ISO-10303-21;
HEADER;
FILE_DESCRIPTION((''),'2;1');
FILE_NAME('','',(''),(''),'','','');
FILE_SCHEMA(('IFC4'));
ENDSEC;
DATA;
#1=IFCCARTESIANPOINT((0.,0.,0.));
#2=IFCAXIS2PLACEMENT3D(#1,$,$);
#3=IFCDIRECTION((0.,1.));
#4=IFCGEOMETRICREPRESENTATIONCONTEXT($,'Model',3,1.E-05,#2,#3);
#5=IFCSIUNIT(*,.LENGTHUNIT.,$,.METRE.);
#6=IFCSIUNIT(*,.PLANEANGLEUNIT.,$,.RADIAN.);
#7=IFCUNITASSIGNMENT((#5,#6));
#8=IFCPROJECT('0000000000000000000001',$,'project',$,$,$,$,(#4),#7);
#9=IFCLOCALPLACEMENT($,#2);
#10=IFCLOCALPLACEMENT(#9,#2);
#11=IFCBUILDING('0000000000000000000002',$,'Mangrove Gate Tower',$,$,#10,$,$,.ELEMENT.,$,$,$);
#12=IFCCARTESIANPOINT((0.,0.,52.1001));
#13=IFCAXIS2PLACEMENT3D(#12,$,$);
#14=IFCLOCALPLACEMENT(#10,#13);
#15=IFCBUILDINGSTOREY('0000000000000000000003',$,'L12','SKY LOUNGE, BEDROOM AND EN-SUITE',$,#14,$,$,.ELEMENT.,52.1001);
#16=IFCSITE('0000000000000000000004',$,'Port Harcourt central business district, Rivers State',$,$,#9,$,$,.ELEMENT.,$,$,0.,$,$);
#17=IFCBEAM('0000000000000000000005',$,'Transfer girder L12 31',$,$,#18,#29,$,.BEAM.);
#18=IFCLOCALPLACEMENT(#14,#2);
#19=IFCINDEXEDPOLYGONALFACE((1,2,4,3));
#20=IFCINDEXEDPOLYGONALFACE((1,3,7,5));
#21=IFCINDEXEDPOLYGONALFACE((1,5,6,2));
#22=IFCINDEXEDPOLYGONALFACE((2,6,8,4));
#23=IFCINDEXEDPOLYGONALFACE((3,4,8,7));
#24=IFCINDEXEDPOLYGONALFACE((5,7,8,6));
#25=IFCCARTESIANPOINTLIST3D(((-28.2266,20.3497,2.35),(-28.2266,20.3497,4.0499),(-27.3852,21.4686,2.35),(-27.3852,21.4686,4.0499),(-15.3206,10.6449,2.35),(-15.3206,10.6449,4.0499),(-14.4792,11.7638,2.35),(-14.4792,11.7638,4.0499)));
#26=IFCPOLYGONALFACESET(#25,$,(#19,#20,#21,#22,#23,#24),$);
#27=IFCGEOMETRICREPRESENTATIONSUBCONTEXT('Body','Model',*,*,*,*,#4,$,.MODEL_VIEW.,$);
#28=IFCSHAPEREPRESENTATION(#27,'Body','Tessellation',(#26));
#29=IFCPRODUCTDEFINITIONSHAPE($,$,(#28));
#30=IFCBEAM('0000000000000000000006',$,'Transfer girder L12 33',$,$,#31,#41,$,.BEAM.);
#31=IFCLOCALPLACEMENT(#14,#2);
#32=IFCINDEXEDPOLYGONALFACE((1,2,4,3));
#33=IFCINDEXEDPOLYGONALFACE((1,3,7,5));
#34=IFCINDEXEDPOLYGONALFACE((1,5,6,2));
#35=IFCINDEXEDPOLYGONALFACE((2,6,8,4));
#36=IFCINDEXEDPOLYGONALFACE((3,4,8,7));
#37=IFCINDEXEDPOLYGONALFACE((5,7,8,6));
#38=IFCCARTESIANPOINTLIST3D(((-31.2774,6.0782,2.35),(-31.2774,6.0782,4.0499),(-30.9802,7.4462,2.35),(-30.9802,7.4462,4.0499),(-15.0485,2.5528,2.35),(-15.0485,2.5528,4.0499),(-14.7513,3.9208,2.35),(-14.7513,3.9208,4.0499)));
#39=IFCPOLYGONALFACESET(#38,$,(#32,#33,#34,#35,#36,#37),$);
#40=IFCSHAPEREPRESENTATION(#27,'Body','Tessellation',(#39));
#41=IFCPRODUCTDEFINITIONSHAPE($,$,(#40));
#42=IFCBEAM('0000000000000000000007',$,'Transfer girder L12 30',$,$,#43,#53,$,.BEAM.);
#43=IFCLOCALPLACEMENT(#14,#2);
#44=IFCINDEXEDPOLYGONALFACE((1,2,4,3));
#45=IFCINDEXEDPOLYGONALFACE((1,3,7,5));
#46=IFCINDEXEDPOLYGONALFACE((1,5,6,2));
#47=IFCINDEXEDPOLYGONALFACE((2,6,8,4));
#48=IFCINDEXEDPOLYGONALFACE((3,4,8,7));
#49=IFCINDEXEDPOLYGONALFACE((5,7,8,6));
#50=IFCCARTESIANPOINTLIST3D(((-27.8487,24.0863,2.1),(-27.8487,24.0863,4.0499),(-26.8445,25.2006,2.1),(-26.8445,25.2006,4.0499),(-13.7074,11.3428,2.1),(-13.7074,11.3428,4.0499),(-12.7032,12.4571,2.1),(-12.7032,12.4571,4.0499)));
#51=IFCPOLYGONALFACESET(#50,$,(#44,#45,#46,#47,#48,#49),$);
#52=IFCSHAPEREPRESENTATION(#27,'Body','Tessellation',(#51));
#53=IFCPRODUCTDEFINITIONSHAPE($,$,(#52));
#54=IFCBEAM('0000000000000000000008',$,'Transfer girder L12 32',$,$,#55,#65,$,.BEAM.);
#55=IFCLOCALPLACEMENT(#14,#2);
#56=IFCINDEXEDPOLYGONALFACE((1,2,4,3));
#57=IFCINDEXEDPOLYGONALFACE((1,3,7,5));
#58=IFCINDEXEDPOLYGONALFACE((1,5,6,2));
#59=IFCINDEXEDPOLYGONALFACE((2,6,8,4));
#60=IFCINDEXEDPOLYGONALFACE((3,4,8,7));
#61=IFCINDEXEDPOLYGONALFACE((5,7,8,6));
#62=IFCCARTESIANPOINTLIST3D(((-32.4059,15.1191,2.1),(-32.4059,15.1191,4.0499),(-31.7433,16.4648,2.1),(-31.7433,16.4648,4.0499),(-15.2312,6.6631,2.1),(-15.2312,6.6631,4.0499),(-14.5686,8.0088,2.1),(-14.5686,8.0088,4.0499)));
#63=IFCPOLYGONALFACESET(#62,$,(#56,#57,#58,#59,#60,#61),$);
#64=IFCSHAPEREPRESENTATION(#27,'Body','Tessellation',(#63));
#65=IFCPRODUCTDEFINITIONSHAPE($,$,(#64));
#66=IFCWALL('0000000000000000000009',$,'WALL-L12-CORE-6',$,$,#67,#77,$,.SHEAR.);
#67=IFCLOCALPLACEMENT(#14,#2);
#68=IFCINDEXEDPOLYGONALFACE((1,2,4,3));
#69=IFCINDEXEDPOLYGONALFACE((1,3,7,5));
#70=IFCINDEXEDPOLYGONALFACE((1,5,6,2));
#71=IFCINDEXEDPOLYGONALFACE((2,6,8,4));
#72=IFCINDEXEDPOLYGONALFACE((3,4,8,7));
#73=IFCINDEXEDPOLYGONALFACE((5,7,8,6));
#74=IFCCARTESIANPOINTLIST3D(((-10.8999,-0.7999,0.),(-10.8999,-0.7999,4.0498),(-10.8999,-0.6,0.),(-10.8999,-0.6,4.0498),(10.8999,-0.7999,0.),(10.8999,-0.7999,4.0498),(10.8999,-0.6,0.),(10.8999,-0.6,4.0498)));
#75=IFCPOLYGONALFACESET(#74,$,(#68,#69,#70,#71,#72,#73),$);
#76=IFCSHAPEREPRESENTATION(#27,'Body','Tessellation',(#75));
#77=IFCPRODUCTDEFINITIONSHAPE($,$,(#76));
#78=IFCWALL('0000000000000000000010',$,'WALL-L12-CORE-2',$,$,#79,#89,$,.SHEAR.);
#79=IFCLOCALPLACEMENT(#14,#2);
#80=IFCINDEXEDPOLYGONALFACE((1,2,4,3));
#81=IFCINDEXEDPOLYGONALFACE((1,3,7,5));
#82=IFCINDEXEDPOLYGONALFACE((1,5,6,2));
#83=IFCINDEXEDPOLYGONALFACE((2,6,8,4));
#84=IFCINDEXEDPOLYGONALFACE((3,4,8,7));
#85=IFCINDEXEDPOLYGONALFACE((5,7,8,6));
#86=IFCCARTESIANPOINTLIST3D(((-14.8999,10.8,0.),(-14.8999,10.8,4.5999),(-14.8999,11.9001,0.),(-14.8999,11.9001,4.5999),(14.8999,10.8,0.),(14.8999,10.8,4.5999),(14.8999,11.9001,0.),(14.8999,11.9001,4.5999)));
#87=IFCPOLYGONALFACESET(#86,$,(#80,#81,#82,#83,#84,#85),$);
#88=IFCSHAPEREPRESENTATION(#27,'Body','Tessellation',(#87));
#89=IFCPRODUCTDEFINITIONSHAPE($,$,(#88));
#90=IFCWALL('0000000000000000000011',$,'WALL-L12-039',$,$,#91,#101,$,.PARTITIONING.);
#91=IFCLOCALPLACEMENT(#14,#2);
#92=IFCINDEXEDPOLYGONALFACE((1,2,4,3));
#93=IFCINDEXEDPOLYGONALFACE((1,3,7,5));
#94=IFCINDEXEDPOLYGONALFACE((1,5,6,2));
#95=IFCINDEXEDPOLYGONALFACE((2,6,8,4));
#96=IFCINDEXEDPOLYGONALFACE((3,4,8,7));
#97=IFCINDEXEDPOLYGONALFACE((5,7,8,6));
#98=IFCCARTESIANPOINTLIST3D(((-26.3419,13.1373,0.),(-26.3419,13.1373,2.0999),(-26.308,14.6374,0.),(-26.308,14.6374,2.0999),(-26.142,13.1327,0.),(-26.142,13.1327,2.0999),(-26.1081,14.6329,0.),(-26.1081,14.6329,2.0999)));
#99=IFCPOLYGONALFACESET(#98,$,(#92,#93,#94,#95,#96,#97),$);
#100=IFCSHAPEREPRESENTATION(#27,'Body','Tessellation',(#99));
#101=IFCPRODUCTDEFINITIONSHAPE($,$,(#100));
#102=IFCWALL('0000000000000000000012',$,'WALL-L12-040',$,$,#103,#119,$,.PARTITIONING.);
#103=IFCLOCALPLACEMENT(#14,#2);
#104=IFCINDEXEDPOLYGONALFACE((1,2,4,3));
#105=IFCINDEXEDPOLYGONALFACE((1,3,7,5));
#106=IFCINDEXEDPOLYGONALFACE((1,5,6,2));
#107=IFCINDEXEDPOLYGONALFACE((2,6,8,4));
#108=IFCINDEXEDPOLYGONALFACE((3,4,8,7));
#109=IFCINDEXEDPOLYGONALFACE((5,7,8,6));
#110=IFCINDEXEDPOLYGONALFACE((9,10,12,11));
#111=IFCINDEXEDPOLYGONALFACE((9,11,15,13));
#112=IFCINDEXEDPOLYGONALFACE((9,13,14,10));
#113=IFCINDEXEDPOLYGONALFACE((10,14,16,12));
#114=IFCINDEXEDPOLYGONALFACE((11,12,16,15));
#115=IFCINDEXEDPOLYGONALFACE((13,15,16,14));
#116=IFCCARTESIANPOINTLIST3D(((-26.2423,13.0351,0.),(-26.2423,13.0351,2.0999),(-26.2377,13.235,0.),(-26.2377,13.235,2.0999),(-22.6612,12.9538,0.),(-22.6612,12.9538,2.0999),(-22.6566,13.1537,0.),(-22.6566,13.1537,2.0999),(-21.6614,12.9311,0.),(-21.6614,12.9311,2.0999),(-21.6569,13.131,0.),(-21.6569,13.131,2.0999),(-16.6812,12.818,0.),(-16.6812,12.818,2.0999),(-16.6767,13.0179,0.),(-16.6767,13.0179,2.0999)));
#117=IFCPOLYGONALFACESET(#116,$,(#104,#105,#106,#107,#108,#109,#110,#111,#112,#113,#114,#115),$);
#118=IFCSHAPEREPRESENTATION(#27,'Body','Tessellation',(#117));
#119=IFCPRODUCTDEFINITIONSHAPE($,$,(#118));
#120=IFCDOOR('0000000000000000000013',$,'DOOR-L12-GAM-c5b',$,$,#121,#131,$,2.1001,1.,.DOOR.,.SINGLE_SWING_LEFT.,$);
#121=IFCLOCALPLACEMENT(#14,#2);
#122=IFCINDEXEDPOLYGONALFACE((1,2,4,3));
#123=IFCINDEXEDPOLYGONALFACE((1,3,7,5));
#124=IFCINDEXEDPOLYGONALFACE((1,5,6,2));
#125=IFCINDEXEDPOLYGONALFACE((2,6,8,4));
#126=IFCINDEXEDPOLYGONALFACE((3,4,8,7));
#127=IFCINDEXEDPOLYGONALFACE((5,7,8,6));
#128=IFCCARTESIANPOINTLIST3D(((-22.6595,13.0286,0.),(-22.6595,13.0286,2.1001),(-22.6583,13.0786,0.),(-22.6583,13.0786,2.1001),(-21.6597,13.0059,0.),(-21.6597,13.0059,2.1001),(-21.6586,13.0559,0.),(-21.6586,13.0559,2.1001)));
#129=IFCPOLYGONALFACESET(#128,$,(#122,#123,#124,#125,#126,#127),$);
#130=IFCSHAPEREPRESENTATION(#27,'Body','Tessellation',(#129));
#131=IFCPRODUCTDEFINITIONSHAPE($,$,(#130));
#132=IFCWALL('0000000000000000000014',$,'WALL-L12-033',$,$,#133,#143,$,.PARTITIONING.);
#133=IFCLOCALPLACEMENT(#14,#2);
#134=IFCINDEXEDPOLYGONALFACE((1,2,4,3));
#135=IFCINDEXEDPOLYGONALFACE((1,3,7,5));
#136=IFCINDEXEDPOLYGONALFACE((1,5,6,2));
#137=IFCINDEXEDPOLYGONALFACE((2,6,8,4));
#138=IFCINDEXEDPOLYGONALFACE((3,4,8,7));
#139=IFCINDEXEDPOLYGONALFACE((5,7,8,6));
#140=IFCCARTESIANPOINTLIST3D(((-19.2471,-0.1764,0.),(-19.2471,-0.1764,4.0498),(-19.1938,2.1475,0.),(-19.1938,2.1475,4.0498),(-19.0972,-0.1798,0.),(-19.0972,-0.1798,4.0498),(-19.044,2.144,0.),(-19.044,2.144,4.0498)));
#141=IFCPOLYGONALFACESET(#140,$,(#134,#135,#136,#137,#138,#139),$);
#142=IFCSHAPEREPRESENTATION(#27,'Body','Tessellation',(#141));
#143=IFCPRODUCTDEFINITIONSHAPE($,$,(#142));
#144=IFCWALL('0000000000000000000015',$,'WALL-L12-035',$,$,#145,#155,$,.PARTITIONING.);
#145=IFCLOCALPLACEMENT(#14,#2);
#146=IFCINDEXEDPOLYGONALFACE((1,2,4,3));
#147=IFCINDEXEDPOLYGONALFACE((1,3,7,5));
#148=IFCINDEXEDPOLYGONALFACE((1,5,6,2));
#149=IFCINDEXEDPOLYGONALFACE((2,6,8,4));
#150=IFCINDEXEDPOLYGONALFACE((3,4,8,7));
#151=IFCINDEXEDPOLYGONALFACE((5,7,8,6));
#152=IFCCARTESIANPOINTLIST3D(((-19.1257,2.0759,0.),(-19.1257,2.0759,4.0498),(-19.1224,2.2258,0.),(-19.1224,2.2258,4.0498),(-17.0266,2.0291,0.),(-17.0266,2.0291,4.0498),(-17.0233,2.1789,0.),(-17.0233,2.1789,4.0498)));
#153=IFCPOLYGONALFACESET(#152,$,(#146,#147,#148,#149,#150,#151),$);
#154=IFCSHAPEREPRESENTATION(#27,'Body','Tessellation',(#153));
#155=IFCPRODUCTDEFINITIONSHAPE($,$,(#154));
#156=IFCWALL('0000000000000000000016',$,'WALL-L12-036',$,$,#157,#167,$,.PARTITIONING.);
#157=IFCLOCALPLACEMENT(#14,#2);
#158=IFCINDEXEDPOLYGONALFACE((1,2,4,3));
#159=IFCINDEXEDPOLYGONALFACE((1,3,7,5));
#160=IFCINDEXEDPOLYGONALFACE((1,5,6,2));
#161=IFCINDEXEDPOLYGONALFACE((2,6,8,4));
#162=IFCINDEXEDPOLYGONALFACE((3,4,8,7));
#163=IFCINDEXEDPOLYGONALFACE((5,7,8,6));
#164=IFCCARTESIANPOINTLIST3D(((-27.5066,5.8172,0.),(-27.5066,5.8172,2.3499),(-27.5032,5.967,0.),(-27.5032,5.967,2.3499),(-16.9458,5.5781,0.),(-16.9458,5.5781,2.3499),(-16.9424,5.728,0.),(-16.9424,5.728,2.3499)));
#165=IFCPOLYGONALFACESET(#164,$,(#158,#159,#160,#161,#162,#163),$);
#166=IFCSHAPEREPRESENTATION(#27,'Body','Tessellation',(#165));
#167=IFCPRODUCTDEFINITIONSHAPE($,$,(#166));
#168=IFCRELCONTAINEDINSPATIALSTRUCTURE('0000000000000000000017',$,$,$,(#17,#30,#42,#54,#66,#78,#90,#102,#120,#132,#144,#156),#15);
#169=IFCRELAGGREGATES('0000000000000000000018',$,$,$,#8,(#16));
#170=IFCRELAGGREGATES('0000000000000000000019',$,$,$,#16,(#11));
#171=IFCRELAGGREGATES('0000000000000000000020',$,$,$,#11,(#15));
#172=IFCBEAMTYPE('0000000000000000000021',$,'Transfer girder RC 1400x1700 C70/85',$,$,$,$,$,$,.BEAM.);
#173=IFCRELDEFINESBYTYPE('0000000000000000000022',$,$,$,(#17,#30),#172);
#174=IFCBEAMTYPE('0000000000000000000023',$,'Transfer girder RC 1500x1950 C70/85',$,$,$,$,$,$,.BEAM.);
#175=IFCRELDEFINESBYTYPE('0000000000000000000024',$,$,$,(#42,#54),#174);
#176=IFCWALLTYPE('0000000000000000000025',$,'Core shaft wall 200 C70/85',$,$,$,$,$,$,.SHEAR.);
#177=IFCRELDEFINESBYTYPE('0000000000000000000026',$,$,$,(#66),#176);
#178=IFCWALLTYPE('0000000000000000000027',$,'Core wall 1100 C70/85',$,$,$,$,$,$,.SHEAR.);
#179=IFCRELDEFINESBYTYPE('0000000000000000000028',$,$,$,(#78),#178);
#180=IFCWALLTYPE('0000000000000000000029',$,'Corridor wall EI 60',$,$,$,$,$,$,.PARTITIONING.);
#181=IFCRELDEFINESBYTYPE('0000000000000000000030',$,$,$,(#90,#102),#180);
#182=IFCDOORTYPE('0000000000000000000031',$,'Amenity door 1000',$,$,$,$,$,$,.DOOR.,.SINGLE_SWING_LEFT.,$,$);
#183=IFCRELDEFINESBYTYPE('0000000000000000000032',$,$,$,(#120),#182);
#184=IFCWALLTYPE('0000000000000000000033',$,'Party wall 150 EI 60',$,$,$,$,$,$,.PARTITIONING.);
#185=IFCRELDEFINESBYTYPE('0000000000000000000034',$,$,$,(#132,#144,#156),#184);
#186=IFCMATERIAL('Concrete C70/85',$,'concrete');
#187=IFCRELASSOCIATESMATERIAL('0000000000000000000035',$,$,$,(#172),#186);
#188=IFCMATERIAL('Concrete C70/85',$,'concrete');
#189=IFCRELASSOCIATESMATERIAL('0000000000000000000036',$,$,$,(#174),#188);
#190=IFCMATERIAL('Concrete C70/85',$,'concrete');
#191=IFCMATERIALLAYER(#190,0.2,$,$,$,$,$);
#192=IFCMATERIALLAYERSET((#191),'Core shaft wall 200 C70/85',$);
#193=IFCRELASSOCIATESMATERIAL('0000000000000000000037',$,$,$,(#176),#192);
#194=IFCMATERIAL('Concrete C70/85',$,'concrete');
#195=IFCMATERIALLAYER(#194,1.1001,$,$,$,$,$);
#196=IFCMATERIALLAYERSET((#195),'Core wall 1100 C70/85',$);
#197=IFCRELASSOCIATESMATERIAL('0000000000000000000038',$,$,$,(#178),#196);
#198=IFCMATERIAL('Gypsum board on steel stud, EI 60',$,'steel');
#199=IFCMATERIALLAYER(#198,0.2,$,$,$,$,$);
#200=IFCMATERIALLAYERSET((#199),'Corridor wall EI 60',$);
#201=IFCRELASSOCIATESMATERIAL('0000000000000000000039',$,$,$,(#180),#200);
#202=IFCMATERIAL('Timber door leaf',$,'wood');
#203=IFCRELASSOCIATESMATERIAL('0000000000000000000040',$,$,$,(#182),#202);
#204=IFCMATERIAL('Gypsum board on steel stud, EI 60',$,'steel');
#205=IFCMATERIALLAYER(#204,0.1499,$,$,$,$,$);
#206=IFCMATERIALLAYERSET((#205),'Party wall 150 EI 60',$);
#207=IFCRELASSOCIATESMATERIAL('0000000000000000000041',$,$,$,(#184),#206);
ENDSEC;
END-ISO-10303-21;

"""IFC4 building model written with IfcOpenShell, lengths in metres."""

from ifc_helpers import new_model, si_unit, direction, frame, frame_2d, origin, origin_2d, place, context, subcontext, project, spatial, rectangle, extrude, material, layer, layer_set, material_profile, profile_set, type_object, element, fill, save


model = new_model("IFC4")

# Units and contexts
model_context = context("Model", 3, precision=1e-05, world=origin(), true_north=direction((0.0, 1.0)))
body_context = subcontext(model_context, "Body", "Model", "MODEL_VIEW")
ifc_project = project(units=[si_unit("LENGTHUNIT", "METRE"), si_unit("PLANEANGLEUNIT", "RADIAN")], contexts=[model_context])

# Site, building, storey
site_placement = place(None, origin())
site = spatial("IfcSite", under=ifc_project, at=site_placement, Name="Port Harcourt central business district, Rivers State", CompositionType="ELEMENT", RefElevation=0.0)
building_placement = place(site_placement, origin())
building = spatial("IfcBuilding", under=site, at=building_placement, Name="Mangrove Gate Tower", CompositionType="ELEMENT")
storey_placement = place(building_placement, frame((0.0, 0.0, 52.1001)))
storey = spatial("IfcBuildingStorey", under=building, at=storey_placement, Name="L12", Description="SKY LOUNGE, BEDROOM AND EN-SUITE", CompositionType="ELEMENT", Elevation=52.1001)

# Beams
ifc_material_1 = material(Name="Concrete C70/85", Category="concrete")
ifc_material_profile_1 = material_profile(ifc_material_1, rectangle(XDim=1.3999, YDim=1.7, at=origin_2d()))
ifc_profile_set_1 = profile_set([ifc_material_profile_1], Name="Concrete C70/85")
beam_type_1 = type_object("IfcBeamType", Name="Transfer girder RC 1400x1700 C70/85", PredefinedType="BEAM", material=ifc_profile_set_1)
beam_1_placement = place(storey_placement, frame((-14.8999, 11.2043, 3.2), z_axis=(-0.799246, 0.601003, 0.0), x_axis=(-0.601003, -0.799246, 0.0)))
element("IfcBeam", 1, at=beam_1_placement, inside=storey, type_object=beam_type_1, Name="Transfer girder L12 31", PredefinedType="BEAM", context=body_context, shape_type="SweptSolid", body=[
    extrude(rectangle(XDim=1.3999, YDim=1.7, at=origin_2d()), origin(), (0.0, 0.0, 1.0), 16.1477),
])
beam_2_placement = place(storey_placement, frame((-14.8999, 3.2368, 3.2), z_axis=(-0.97721, 0.212277, 0.0), x_axis=(-0.212277, -0.97721, 0.0)))
element("IfcBeam", 2, at=beam_2_placement, inside=storey, type_object=beam_type_1, Name="Transfer girder L12 33", PredefinedType="BEAM", context=body_context, shape_type="SweptSolid", body=[
    extrude(rectangle(XDim=1.3999, YDim=1.7, at=origin_2d()), origin(), (0.0, 0.0, 1.0), 16.6074),
])
ifc_material_2 = material(Name="Concrete C70/85", Category="concrete")
ifc_material_profile_2 = material_profile(ifc_material_2, rectangle(XDim=1.5, YDim=1.95, at=origin_2d()))
ifc_profile_set_2 = profile_set([ifc_material_profile_2], Name="Concrete C70/85")
beam_type_2 = type_object("IfcBeamType", Name="Transfer girder RC 1500x1950 C70/85", PredefinedType="BEAM", material=ifc_profile_set_2)
beam_3_placement = place(storey_placement, frame((-13.2053, 11.8999, 3.075), z_axis=(-0.742865, 0.669441, 0.0), x_axis=(-0.669441, -0.742865, 0.0)))
element("IfcBeam", 3, at=beam_3_placement, inside=storey, type_object=beam_type_2, Name="Transfer girder L12 30", PredefinedType="BEAM", context=body_context, shape_type="SweptSolid", body=[
    extrude(rectangle(XDim=1.5, YDim=1.95, at=origin_2d()), origin(), (0.0, 0.0, 1.0), 19.0361),
])
beam_4_placement = place(storey_placement, frame((-14.8999, 7.3359, 3.075), z_axis=(-0.897155, 0.441716, 0.0), x_axis=(-0.441716, -0.897155, 0.0)))
element("IfcBeam", 4, at=beam_4_placement, inside=storey, type_object=beam_type_2, Name="Transfer girder L12 32", PredefinedType="BEAM", context=body_context, shape_type="SweptSolid", body=[
    extrude(rectangle(XDim=1.5, YDim=1.95, at=origin_2d()), origin(), (0.0, 0.0, 1.0), 19.1436),
])

# Walls
ifc_material_3 = material(Name="Concrete C70/85", Category="concrete")
ifc_layer_1 = layer(ifc_material_3, 0.2)
ifc_layer_set_1 = layer_set([ifc_layer_1], Name="Core shaft wall 200 C70/85")
wall_type_1 = type_object("IfcWallType", Name="Core shaft wall 200 C70/85", PredefinedType="SHEAR", material=ifc_layer_set_1)
wall_1_placement = place(storey_placement, frame((-10.8999, -0.7, 0.0), z_axis=(0.0, 0.0, 1.0), x_axis=(1.0, 0.0, 0.0)))
element("IfcWall", 5, at=wall_1_placement, inside=storey, type_object=wall_type_1, Name="WALL-L12-CORE-6", PredefinedType="SHEAR", context=body_context, shape_type="SweptSolid", body=[
    extrude(rectangle(XDim=21.7998, YDim=0.2, at=frame_2d((10.8999, 0.0))), origin(), (0.0, 0.0, 1.0), 4.0498),
])
ifc_material_4 = material(Name="Concrete C70/85", Category="concrete")
ifc_layer_2 = layer(ifc_material_4, 1.1001)
ifc_layer_set_2 = layer_set([ifc_layer_2], Name="Core wall 1100 C70/85")
wall_type_2 = type_object("IfcWallType", Name="Core wall 1100 C70/85", PredefinedType="SHEAR", material=ifc_layer_set_2)
wall_2_placement = place(storey_placement, frame((-14.8999, 11.3501, 0.0), z_axis=(0.0, 0.0, 1.0), x_axis=(1.0, 0.0, 0.0)))
element("IfcWall", 6, at=wall_2_placement, inside=storey, type_object=wall_type_2, Name="WALL-L12-CORE-2", PredefinedType="SHEAR", context=body_context, shape_type="SweptSolid", body=[
    extrude(rectangle(XDim=29.7998, YDim=1.1001, at=frame_2d((14.8999, 0.0))), origin(), (0.0, 0.0, 1.0), 4.5999),
])
ifc_material_5 = material(Name="Gypsum board on steel stud, EI 60", Category="steel")
ifc_layer_3 = layer(ifc_material_5, 0.2)
ifc_layer_set_3 = layer_set([ifc_layer_3], Name="Corridor wall EI 60")
wall_type_3 = type_object("IfcWallType", Name="Corridor wall EI 60", PredefinedType="PARTITIONING", material=ifc_layer_set_3)
wall_3_placement = place(storey_placement, frame((-26.2419, 13.135, 0.0), z_axis=(0.0, 0.0, 1.0), x_axis=(0.022618, 0.999744, 0.0)))
element("IfcWall", 7, at=wall_3_placement, inside=storey, type_object=wall_type_3, Name="WALL-L12-039", PredefinedType="PARTITIONING", context=body_context, shape_type="SweptSolid", body=[
    extrude(rectangle(XDim=1.5005, YDim=0.2, at=frame_2d((0.7502, 0.0))), origin(), (0.0, 0.0, 1.0), 2.0999),
])

# Wall, opening, door
wall_4_placement = place(storey_placement, frame((-26.24, 13.135, 0.0), z_axis=(0.0, 0.0, 1.0), x_axis=(0.999742, -0.022695, 0.0)))
wall_4 = element("IfcWall", 8, at=wall_4_placement, inside=storey, type_object=wall_type_3, Name="WALL-L12-040", PredefinedType="PARTITIONING", context=body_context, shape_type="SweptSolid", body=[
    extrude(rectangle(XDim=9.5635, YDim=0.2, at=frame_2d((4.7817, 0.0))), origin(), (0.0, 0.0, 1.0), 2.0999),
])
opening_placement = place(wall_4_placement, frame((3.582, 0.0, 0.0)))
opening = element("IfcOpeningElement", 9, at=opening_placement, cuts=wall_4, PredefinedType="OPENING", context=body_context, shape_type="SweptSolid", body=[
    extrude(rectangle(XDim=1.0, YDim=2.1001, at=frame_2d((0.5, 1.05))), frame((0.0, 0.1099, 0.0), z_axis=(0.0, -1.0, 0.0), x_axis=(1.0, 0.0, 0.0)), (0.0, 0.0, 1.0), 0.22),
])
ifc_material_6 = material(Name="Timber door leaf", Category="wood")
door_type = type_object("IfcDoorType", Name="Amenity door 1000", OperationType="SINGLE_SWING_LEFT", PredefinedType="DOOR", material=ifc_material_6)
door_placement = place(opening_placement, origin())
door = element("IfcDoor", 10, at=door_placement, inside=storey, type_object=door_type, Name="DOOR-L12-GAM-c5b", OperationType="SINGLE_SWING_LEFT", OverallHeight=2.1001, OverallWidth=1.0, PredefinedType="DOOR", context=body_context, shape_type="SweptSolid", body=[
    extrude(rectangle(XDim=1.0, YDim=2.1001, at=frame_2d((0.5, 1.05))), frame((0.0, 0.0249, 0.0), z_axis=(0.0, -1.0, 0.0), x_axis=(1.0, 0.0, 0.0)), (0.0, 0.0, 1.0), 0.05),
])
fill(opening, door)

# Walls
ifc_material_7 = material(Name="Gypsum board on steel stud, EI 60", Category="steel")
ifc_layer_4 = layer(ifc_material_7, 0.1499)
ifc_layer_set_4 = layer_set([ifc_layer_4], Name="Party wall 150 EI 60")
wall_type_4 = type_object("IfcWallType", Name="Party wall 150 EI 60", PredefinedType="PARTITIONING", material=ifc_layer_set_4)
wall_5_placement = place(storey_placement, frame((-19.1721, -0.178, 0.0), z_axis=(0.0, 0.0, 1.0), x_axis=(0.022896, 0.999738, 0.0)))
element("IfcWall", 11, at=wall_5_placement, inside=storey, type_object=wall_type_4, Name="WALL-L12-033", PredefinedType="PARTITIONING", context=body_context, shape_type="SweptSolid", body=[
    extrude(rectangle(XDim=2.3245, YDim=0.1499, at=frame_2d((1.1621, 0.0))), origin(), (0.0, 0.0, 1.0), 4.0498),
])
wall_6_placement = place(storey_placement, frame((-19.124, 2.1509, 0.0), z_axis=(0.0, 0.0, 1.0), x_axis=(0.999751, -0.022325, 0.0)))
element("IfcWall", 12, at=wall_6_placement, inside=storey, type_object=wall_type_4, Name="WALL-L12-035", PredefinedType="PARTITIONING", context=body_context, shape_type="SweptSolid", body=[
    extrude(rectangle(XDim=2.0996, YDim=0.1499, at=frame_2d((1.0498, 0.0))), origin(), (0.0, 0.0, 1.0), 4.0498),
])
wall_7_placement = place(storey_placement, frame((-27.5049, 5.8921, 0.0), z_axis=(0.0, 0.0, 1.0), x_axis=(0.999744, -0.022626, 0.0)))
element("IfcWall", 13, at=wall_7_placement, inside=storey, type_object=wall_type_4, Name="WALL-L12-036", PredefinedType="PARTITIONING", context=body_context, shape_type="SweptSolid", body=[
    extrude(rectangle(XDim=10.5635, YDim=0.1499, at=frame_2d((5.2817, 0.0))), origin(), (0.0, 0.0, 1.0), 2.3499),
])

save(model, "model.ifc")
